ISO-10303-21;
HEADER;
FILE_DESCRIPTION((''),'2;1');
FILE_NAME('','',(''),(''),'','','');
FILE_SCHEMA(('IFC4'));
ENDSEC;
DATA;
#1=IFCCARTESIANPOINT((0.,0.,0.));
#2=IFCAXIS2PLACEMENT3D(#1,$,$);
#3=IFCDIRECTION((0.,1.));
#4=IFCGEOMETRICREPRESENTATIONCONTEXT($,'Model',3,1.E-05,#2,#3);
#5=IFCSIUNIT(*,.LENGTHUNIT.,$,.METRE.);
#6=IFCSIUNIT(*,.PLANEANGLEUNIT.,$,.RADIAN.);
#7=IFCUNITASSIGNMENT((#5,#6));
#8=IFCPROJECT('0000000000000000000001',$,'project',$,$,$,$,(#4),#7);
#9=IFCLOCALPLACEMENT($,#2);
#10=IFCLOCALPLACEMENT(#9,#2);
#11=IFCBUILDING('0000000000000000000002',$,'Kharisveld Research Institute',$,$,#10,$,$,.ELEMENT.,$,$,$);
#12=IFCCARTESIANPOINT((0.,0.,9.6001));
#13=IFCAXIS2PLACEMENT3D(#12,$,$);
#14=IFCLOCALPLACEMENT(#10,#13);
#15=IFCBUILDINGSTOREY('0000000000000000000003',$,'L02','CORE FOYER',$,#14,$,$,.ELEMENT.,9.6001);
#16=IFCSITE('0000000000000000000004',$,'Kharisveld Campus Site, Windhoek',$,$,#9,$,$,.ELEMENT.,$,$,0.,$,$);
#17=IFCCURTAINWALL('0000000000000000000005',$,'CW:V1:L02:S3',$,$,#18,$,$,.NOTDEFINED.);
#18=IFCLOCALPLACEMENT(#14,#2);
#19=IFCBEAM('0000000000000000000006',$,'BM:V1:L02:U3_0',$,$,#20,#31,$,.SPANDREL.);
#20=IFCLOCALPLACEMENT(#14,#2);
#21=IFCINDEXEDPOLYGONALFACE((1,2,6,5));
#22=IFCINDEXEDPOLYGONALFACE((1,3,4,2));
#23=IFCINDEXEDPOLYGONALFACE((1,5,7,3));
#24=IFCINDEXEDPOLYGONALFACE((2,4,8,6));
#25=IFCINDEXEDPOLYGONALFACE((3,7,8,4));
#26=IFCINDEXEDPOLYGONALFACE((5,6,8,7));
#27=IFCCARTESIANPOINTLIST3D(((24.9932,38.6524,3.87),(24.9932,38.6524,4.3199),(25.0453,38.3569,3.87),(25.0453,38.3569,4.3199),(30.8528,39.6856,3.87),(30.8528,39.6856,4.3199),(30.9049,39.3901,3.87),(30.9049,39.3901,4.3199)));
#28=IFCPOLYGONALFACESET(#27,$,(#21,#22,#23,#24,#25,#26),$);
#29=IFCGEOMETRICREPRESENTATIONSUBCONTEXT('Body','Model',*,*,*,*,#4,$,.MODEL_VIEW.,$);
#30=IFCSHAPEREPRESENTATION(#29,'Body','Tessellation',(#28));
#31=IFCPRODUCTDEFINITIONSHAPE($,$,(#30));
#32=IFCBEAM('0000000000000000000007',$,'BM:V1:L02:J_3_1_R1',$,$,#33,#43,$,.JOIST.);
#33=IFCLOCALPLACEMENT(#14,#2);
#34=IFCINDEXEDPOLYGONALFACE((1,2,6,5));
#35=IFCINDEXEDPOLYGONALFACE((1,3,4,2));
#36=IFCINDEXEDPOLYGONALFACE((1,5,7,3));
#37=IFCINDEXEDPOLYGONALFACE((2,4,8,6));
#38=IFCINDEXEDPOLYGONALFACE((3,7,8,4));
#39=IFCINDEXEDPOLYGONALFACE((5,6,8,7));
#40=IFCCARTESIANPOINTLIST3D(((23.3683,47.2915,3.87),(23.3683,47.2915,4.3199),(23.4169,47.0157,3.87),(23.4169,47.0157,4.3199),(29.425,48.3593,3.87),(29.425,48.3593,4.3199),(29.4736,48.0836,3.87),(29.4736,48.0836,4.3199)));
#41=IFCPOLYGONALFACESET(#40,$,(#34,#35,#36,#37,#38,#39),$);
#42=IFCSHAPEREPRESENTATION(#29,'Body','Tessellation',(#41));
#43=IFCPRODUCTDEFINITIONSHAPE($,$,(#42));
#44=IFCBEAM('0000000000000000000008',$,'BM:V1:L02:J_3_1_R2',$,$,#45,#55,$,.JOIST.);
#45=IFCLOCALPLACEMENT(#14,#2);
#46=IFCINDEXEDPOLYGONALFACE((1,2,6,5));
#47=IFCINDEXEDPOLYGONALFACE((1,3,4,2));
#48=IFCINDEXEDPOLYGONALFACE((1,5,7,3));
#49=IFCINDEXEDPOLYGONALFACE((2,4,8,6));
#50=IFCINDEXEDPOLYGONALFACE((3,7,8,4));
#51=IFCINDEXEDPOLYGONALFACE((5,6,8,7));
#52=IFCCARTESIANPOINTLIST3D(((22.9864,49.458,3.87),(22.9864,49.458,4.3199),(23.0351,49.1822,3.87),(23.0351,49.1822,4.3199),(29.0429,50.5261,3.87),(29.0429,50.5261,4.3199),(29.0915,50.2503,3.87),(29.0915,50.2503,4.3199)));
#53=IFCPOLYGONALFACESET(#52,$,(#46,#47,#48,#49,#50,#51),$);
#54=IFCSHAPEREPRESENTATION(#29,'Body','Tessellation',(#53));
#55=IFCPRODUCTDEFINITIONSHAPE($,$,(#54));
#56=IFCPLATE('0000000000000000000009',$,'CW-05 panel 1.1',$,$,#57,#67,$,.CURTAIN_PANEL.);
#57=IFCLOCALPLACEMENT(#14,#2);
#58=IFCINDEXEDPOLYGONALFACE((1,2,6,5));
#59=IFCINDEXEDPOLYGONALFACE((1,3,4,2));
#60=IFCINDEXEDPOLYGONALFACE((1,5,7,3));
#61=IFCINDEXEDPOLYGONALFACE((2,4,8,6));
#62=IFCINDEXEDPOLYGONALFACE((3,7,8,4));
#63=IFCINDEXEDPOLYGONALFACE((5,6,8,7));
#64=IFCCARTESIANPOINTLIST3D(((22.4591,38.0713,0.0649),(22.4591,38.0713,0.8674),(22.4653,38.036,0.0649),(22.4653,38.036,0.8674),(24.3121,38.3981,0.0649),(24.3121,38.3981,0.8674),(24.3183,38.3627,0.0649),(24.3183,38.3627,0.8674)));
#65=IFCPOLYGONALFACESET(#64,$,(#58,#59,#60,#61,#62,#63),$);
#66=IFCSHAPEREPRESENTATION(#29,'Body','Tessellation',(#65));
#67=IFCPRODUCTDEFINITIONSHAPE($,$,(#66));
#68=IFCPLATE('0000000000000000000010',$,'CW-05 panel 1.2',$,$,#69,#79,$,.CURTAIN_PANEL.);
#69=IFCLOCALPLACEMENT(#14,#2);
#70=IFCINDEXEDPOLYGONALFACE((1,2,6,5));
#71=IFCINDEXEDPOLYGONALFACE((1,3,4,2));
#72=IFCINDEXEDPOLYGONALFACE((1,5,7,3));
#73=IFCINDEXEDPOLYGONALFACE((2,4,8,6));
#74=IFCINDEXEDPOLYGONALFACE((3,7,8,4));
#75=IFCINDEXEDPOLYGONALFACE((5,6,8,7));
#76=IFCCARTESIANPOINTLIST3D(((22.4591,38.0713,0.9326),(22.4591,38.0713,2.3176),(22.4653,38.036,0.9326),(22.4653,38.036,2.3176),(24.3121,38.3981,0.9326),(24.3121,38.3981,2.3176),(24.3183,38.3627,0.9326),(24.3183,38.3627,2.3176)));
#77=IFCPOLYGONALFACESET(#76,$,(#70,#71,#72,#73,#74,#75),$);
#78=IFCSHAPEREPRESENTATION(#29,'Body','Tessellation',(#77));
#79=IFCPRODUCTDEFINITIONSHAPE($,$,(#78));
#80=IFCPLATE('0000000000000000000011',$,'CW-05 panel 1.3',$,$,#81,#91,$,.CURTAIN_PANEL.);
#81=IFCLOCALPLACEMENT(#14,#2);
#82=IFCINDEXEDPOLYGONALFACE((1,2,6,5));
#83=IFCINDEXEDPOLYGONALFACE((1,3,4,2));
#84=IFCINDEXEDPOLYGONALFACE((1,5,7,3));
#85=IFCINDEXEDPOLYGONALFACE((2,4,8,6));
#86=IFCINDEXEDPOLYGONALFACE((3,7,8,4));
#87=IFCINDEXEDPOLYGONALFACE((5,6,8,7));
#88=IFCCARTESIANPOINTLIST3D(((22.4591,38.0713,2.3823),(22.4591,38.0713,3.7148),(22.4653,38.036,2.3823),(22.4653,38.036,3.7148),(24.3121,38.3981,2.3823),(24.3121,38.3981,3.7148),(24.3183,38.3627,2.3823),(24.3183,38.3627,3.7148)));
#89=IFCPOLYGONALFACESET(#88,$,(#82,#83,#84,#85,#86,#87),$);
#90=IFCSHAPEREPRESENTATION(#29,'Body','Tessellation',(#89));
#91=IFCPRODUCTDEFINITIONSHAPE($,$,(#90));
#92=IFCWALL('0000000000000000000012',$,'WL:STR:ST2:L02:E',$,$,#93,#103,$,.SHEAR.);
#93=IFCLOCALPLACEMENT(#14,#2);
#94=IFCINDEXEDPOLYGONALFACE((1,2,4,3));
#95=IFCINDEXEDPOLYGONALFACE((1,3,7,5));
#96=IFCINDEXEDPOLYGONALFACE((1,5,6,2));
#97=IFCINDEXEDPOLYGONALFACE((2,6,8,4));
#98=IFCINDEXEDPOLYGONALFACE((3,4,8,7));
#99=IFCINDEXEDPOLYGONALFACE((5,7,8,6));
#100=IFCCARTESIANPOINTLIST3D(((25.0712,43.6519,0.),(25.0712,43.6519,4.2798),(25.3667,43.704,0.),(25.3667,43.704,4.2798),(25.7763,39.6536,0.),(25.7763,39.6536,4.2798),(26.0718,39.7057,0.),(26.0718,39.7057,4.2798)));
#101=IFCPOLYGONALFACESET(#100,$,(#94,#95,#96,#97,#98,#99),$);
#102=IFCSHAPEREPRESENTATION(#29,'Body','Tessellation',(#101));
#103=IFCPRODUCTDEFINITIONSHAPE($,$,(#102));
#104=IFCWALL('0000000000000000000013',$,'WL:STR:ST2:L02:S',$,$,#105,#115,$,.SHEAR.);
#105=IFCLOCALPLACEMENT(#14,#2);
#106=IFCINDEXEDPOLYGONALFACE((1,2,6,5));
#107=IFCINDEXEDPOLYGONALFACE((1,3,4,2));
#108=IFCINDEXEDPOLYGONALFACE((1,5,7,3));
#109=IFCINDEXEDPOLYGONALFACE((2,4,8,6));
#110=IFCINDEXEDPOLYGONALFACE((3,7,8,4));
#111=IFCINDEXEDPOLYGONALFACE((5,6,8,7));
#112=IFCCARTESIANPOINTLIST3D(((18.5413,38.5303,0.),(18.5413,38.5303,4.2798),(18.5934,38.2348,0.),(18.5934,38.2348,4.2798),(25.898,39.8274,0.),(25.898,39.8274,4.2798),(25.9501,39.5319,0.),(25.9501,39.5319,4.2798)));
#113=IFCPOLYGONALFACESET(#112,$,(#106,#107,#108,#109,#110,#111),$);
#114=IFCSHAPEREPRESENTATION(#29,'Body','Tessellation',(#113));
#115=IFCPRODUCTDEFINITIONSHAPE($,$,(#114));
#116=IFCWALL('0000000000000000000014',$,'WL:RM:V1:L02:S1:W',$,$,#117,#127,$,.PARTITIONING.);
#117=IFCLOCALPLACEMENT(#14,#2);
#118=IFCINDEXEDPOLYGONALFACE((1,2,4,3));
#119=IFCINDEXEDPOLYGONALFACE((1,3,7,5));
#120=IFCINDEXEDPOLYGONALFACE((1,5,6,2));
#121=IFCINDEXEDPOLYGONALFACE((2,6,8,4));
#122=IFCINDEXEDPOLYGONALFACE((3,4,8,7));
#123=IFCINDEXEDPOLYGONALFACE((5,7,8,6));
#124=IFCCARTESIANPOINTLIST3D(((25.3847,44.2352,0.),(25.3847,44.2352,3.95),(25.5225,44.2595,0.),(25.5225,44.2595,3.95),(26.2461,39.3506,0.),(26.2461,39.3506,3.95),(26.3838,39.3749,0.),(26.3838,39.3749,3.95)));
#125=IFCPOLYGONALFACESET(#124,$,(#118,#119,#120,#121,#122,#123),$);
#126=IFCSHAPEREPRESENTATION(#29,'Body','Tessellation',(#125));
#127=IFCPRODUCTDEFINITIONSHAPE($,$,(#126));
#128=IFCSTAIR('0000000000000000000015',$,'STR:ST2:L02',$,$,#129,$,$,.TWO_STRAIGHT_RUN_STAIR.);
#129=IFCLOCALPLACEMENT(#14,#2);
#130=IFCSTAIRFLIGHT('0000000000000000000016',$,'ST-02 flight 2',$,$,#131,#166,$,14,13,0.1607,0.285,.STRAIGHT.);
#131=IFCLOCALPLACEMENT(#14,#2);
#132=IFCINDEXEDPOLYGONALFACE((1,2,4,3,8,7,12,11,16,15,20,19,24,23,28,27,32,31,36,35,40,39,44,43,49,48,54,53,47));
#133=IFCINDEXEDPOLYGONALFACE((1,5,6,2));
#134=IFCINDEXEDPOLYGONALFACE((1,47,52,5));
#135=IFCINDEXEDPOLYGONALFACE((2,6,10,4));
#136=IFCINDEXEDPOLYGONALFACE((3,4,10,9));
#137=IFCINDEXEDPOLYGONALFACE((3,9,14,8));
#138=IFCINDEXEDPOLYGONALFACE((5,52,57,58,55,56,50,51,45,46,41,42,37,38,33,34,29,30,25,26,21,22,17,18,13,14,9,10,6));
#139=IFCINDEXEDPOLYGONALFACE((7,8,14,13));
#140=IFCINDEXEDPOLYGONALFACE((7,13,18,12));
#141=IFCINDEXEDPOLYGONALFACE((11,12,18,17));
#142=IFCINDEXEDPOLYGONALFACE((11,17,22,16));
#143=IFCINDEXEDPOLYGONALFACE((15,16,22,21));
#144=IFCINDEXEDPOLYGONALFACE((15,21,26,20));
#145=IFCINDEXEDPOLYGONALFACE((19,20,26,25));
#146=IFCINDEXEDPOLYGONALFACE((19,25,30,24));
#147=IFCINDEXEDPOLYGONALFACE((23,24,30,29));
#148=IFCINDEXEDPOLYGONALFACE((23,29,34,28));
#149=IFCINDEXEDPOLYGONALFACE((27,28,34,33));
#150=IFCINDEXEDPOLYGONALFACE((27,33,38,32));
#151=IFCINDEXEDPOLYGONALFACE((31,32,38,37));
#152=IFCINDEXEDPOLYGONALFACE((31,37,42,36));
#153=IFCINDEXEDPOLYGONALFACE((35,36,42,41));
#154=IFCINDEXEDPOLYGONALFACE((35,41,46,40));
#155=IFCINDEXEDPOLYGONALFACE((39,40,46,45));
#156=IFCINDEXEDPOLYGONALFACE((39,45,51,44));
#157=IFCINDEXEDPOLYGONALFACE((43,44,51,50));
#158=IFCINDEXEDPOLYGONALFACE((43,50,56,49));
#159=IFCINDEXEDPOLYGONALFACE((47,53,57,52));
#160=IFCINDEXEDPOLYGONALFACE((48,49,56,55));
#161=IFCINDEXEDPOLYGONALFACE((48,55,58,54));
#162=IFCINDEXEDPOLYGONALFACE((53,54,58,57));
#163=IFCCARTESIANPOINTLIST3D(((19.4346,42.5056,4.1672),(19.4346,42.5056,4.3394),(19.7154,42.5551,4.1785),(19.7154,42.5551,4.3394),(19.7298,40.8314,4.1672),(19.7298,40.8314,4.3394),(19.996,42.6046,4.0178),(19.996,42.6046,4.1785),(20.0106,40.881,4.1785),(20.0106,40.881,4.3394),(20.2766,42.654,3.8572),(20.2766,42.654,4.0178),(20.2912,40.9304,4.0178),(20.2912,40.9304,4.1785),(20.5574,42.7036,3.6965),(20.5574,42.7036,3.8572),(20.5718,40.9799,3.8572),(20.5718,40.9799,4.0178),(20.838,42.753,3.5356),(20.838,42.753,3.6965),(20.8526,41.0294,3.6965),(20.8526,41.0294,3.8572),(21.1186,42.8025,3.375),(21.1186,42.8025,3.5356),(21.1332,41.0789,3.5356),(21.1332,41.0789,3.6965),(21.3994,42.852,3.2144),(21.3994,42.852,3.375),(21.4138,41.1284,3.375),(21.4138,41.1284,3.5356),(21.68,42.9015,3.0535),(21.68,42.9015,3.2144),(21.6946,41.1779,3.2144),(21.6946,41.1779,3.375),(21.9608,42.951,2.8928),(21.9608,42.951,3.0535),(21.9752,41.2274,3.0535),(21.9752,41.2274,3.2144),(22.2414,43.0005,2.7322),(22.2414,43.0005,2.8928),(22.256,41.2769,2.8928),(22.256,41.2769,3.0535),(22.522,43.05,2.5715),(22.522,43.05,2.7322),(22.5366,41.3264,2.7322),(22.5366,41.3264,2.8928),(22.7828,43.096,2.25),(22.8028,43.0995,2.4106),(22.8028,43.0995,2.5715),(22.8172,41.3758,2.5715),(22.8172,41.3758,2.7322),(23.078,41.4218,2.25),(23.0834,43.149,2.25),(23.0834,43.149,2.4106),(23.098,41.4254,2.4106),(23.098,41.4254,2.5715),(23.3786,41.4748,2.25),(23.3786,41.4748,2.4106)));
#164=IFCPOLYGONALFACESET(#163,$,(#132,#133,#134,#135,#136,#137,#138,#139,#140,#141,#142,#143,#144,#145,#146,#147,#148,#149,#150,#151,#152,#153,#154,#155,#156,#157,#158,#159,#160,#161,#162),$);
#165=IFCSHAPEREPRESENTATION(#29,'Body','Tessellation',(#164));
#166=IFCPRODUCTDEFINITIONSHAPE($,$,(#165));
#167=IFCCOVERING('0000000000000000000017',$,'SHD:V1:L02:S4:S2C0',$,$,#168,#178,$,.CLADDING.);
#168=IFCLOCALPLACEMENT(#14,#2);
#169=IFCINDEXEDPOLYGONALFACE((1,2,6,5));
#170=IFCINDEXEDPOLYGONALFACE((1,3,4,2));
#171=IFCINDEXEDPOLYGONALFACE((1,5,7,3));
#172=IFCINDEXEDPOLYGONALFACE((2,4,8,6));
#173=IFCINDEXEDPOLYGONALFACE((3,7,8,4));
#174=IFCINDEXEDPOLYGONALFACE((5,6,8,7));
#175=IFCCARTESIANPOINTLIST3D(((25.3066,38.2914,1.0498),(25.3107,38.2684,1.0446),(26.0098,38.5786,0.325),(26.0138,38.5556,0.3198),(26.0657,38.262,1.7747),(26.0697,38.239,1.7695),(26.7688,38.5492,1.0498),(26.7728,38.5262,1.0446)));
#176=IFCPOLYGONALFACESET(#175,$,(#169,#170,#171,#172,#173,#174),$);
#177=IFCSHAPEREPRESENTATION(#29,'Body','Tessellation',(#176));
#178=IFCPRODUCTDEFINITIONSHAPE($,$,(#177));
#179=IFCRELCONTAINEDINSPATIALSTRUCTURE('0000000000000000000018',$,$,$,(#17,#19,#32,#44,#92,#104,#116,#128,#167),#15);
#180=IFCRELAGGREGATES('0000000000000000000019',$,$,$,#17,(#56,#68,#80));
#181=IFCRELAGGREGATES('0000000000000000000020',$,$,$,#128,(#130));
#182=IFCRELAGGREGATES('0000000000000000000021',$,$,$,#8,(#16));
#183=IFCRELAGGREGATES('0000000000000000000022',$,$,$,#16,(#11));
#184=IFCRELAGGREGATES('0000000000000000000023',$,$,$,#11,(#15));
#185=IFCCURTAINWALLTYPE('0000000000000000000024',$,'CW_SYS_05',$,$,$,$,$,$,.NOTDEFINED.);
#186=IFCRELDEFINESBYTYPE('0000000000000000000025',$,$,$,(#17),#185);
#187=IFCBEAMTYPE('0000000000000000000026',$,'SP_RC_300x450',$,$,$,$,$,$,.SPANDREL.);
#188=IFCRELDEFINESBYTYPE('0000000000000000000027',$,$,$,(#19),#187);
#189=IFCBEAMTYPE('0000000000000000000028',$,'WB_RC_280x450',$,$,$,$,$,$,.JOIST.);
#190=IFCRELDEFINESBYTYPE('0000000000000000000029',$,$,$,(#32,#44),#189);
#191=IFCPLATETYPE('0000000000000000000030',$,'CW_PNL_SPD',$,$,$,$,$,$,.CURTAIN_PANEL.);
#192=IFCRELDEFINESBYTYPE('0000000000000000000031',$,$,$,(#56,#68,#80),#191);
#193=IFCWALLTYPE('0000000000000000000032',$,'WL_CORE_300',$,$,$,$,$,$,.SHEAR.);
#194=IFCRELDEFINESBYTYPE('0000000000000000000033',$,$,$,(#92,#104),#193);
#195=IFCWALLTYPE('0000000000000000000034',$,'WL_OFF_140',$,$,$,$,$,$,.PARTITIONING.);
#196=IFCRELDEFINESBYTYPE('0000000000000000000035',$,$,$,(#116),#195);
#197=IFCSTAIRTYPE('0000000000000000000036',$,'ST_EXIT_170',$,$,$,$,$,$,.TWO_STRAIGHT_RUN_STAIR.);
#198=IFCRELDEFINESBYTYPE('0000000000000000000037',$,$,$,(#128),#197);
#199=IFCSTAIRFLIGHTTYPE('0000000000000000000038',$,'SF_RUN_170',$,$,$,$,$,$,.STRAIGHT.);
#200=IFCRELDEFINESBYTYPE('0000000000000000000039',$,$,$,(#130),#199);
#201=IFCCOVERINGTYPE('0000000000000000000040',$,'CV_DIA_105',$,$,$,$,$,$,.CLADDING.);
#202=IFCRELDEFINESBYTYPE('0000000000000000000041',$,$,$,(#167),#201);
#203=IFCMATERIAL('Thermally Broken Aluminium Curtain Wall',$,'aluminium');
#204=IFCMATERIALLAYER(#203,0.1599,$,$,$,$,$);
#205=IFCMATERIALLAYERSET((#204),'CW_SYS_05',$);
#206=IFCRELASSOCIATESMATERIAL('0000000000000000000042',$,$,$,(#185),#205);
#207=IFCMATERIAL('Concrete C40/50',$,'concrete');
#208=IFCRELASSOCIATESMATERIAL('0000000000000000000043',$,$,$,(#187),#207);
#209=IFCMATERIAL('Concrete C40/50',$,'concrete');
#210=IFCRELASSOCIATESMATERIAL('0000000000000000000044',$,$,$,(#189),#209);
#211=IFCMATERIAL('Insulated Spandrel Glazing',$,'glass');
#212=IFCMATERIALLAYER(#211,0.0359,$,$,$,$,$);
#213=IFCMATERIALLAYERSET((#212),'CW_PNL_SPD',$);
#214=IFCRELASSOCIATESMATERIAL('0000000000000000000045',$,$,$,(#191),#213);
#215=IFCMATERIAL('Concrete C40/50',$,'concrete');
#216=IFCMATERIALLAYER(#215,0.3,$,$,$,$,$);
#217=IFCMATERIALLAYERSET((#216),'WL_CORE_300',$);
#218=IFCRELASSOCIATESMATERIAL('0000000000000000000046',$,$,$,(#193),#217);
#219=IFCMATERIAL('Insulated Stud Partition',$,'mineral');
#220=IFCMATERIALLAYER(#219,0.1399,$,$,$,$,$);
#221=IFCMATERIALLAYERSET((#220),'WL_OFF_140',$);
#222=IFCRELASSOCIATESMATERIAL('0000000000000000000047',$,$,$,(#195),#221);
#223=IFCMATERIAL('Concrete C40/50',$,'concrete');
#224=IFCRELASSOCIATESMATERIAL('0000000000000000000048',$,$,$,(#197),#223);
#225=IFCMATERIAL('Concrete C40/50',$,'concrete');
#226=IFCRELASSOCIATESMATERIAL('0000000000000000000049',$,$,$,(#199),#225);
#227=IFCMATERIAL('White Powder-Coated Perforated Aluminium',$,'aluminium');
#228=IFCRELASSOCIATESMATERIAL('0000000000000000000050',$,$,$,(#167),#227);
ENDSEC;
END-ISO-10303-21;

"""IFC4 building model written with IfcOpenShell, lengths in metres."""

from ifc_helpers import new_model, si_unit, direction, frame, frame_2d, origin, origin_2d, place, context, subcontext, project, spatial, polyline, rectangle, outline, extrude, material, layer, layer_set, material_profile, profile_set, type_object, element, aggregate, save


model = new_model("IFC4")

# Units and contexts
model_context = context("Model", 3, precision=1e-05, world=origin(), true_north=direction((0.0, 1.0)))
body_context = subcontext(model_context, "Body", "Model", "MODEL_VIEW")
ifc_project = project(units=[si_unit("LENGTHUNIT", "METRE"), si_unit("PLANEANGLEUNIT", "RADIAN")], contexts=[model_context])

# Site, building, storey
site_placement = place(None, origin())
site = spatial("IfcSite", under=ifc_project, at=site_placement, Name="Kharisveld Campus Site, Windhoek", CompositionType="ELEMENT", RefElevation=0.0)
building_placement = place(site_placement, origin())
building = spatial("IfcBuilding", under=site, at=building_placement, Name="Kharisveld Research Institute", CompositionType="ELEMENT")
storey_placement = place(building_placement, frame((0.0, 0.0, 9.6001)))
storey = spatial("IfcBuildingStorey", under=building, at=storey_placement, Name="L02", Description="CORE FOYER", CompositionType="ELEMENT", Elevation=9.6001)

# Curtain wall
ifc_material_1 = material(Name="Thermally Broken Aluminium Curtain Wall", Category="aluminium")
ifc_layer_1 = layer(ifc_material_1, 0.1599)
ifc_layer_set_1 = layer_set([ifc_layer_1], Name="CW_SYS_05")
curtain_wall_type = type_object("IfcCurtainWallType", Name="CW_SYS_05", PredefinedType="NOTDEFINED", material=ifc_layer_set_1)
curtain_wall_placement = place(storey_placement, origin())
curtain_wall = element("IfcCurtainWall", 1, at=curtain_wall_placement, inside=storey, type_object=curtain_wall_type, Name="CW:V1:L02:S3", PredefinedType="NOTDEFINED")

# Beams
ifc_material_2 = material(Name="Concrete C40/50", Category="concrete")
ifc_material_profile_1 = material_profile(ifc_material_2, rectangle(XDim=0.3, YDim=0.45, at=origin_2d()))
ifc_profile_set_1 = profile_set([ifc_material_profile_1], Name="Concrete C40/50")
beam_type_1 = type_object("IfcBeamType", Name="SP_RC_300x450", PredefinedType="SPANDREL", material=ifc_profile_set_1)
beam_1_placement = place(storey_placement, frame((25.0193, 38.5046, 4.095), z_axis=(0.984808, 0.173647, 0.0), x_axis=(-0.173647, 0.984808, 0.0)))
element("IfcBeam", 2, at=beam_1_placement, inside=storey, type_object=beam_type_1, Name="BM:V1:L02:U3_0", PredefinedType="SPANDREL", context=body_context, shape_type="SweptSolid", body=[
    extrude(rectangle(XDim=0.3, YDim=0.45, at=origin_2d()), origin(), (0.0, 0.0, 1.0), 5.95),
])
ifc_material_3 = material(Name="Concrete C40/50", Category="concrete")
ifc_material_profile_2 = material_profile(ifc_material_3, rectangle(XDim=0.28, YDim=0.45, at=origin_2d()))
ifc_profile_set_2 = profile_set([ifc_material_profile_2], Name="Concrete C40/50")
beam_type_2 = type_object("IfcBeamType", Name="WB_RC_280x450", PredefinedType="JOIST", material=ifc_profile_set_2)
beam_2_placement = place(storey_placement, frame((23.3926, 47.1536, 4.095), z_axis=(0.98481, 0.173636, 0.0), x_axis=(-0.173636, 0.98481, 0.0)))
element("IfcBeam", 3, at=beam_2_placement, inside=storey, type_object=beam_type_2, Name="BM:V1:L02:J_3_1_R1", PredefinedType="JOIST", context=body_context, shape_type="SweptSolid", body=[
    extrude(rectangle(XDim=0.28, YDim=0.45, at=origin_2d()), origin(), (0.0, 0.0, 1.0), 6.1501),
])
beam_3_placement = place(storey_placement, frame((23.0107, 49.3201, 4.095), z_axis=(0.984802, 0.173681, 0.0), x_axis=(-0.173681, 0.984802, 0.0)))
element("IfcBeam", 4, at=beam_3_placement, inside=storey, type_object=beam_type_2, Name="BM:V1:L02:J_3_1_R2", PredefinedType="JOIST", context=body_context, shape_type="SweptSolid", body=[
    extrude(rectangle(XDim=0.28, YDim=0.45, at=origin_2d()), origin(), (0.0, 0.0, 1.0), 6.1499),
])

# Plates
ifc_material_4 = material(Name="Insulated Spandrel Glazing", Category="glass")
ifc_layer_2 = layer(ifc_material_4, 0.0359)
ifc_layer_set_2 = layer_set([ifc_layer_2], Name="CW_PNL_SPD")
plate_type = type_object("IfcPlateType", Name="CW_PNL_SPD", PredefinedType="CURTAIN_PANEL", material=ifc_layer_set_2)
plate_1_placement = place(storey_placement, frame((23.3887, 38.217, 0.0649), z_axis=(0.0, 0.0, 1.0), x_axis=(-0.984808, -0.173648, 0.0)))
plate_1 = element("IfcPlate", 5, at=plate_1_placement, type_object=plate_type, Name="CW-05 panel 1.1", PredefinedType="CURTAIN_PANEL", context=body_context, shape_type="SweptSolid", body=[
    extrude(rectangle(XDim=1.8816, YDim=0.0359, at=origin_2d()), origin(), (0.0, 0.0, 1.0), 0.8025),
])
plate_2_placement = place(storey_placement, frame((23.3887, 38.217, 0.9326), z_axis=(0.0, 0.0, 1.0), x_axis=(-0.984808, -0.173648, 0.0)))
plate_2 = element("IfcPlate", 6, at=plate_2_placement, type_object=plate_type, Name="CW-05 panel 1.2", PredefinedType="CURTAIN_PANEL", context=body_context, shape_type="SweptSolid", body=[
    extrude(rectangle(XDim=1.8816, YDim=0.0359, at=origin_2d()), origin(), (0.0, 0.0, 1.0), 1.385),
])
plate_3_placement = place(storey_placement, frame((23.3887, 38.217, 2.3823), z_axis=(0.0, 0.0, 1.0), x_axis=(-0.984808, -0.173648, 0.0)))
plate_3 = element("IfcPlate", 7, at=plate_3_placement, type_object=plate_type, Name="CW-05 panel 1.3", PredefinedType="CURTAIN_PANEL", context=body_context, shape_type="SweptSolid", body=[
    extrude(rectangle(XDim=1.8816, YDim=0.0359, at=origin_2d()), origin(), (0.0, 0.0, 1.0), 1.3325),
])
aggregate(curtain_wall, [plate_1, plate_2, plate_3])

# Walls
ifc_material_5 = material(Name="Concrete C40/50", Category="concrete")
ifc_layer_3 = layer(ifc_material_5, 0.3)
ifc_layer_set_3 = layer_set([ifc_layer_3], Name="WL_CORE_300")
wall_type_1 = type_object("IfcWallType", Name="WL_CORE_300", PredefinedType="SHEAR", material=ifc_layer_set_3)
wall_1_placement = place(storey_placement, frame((25.219, 43.678, 0.0), z_axis=(0.0, 0.0, 1.0), x_axis=(0.173665, -0.984805, 0.0)))
element("IfcWall", 8, at=wall_1_placement, inside=storey, type_object=wall_type_1, Name="WL:STR:ST2:L02:E", PredefinedType="SHEAR", context=body_context, shape_type="SweptSolid", body=[
    extrude(rectangle(XDim=4.0601, YDim=0.3, at=frame_2d((2.03, 0.0))), origin(), (0.0, 0.0, 1.0), 4.2798),
])
wall_2_placement = place(storey_placement, frame((25.9241, 39.6797, 0.0), z_axis=(0.0, 0.0, 1.0), x_axis=(-0.984809, -0.17364, 0.0)))
element("IfcWall", 9, at=wall_2_placement, inside=storey, type_object=wall_type_1, Name="WL:STR:ST2:L02:S", PredefinedType="SHEAR", context=body_context, shape_type="SweptSolid", body=[
    extrude(rectangle(XDim=7.4702, YDim=0.3, at=frame_2d((3.7351, 0.0))), origin(), (0.0, 0.0, 1.0), 4.2798),
])
ifc_material_6 = material(Name="Insulated Stud Partition", Category="mineral")
ifc_layer_4 = layer(ifc_material_6, 0.1399)
ifc_layer_set_4 = layer_set([ifc_layer_4], Name="WL_OFF_140")
wall_type_2 = type_object("IfcWallType", Name="WL_OFF_140", PredefinedType="PARTITIONING", material=ifc_layer_set_4)
wall_3_placement = place(storey_placement, frame((25.4536, 44.2473, 0.0), z_axis=(0.0, 0.0, 1.0), x_axis=(0.173659, -0.984806, 0.0)))
element("IfcWall", 10, at=wall_3_placement, inside=storey, type_object=wall_type_2, Name="WL:RM:V1:L02:S1:W", PredefinedType="PARTITIONING", context=body_context, shape_type="SweptSolid", body=[
    extrude(rectangle(XDim=4.96, YDim=0.1399, at=frame_2d((2.48, 0.0))), origin(), (0.0, 0.0, 1.0), 3.95),
])

# Stair, stair flight
ifc_material_7 = material(Name="Concrete C40/50", Category="concrete")
stair_type = type_object("IfcStairType", Name="ST_EXIT_170", PredefinedType="TWO_STRAIGHT_RUN_STAIR", material=ifc_material_7)
stair_placement = place(storey_placement, origin())
stair = element("IfcStair", 11, at=stair_placement, inside=storey, type_object=stair_type, Name="STR:ST2:L02", PredefinedType="TWO_STRAIGHT_RUN_STAIR")
ifc_material_8 = material(Name="Concrete C40/50", Category="concrete")
stair_flight_type = type_object("IfcStairFlightType", Name="SF_RUN_170", PredefinedType="STRAIGHT", material=ifc_material_8)
stair_flight_placement = place(storey_placement, frame((23.231, 42.312, 2.25), z_axis=(0.0, 0.0, 1.0), x_axis=(-0.984808, -0.173648, 0.0)))
stair_flight = element("IfcStairFlight", 12, at=stair_flight_placement, type_object=stair_flight_type, Name="ST-02 flight 2", NumberOfRisers=14, NumberOfTreads=13, PredefinedType="STRAIGHT", RiserHeight=0.1607, TreadLength=0.285, context=body_context, shape_type="SweptSolid", body=[
    extrude(outline(polyline([(0.0, 0.0), (0.0, 0.1606), (0.2849, 0.1606), (0.2849, 0.3215), (0.5701, 0.3215), (0.5701, 0.4822), (0.855, 0.4822), (0.855, 0.6428), (1.1399, 0.6428), (1.1399, 0.8035), (1.425, 0.8035), (1.425, 0.9644), (1.71, 0.9644), (1.71, 1.125), (1.9951, 1.125), (1.9951, 1.2856), (2.28, 1.2856), (2.28, 1.4465), (2.5649, 1.4465), (2.5649, 1.6072), (2.8501, 1.6072), (2.8501, 1.7678), (3.135, 1.7678), (3.135, 1.9285), (3.4199, 1.9285), (3.4199, 2.0894), (3.7051, 2.0894), (3.7051, 2.25), (3.7051, 1.9172), (0.3052, 0.0), (0.0, 0.0)])), frame((0.0, 0.8501, 0.0), z_axis=(0.0, -1.0, 0.0), x_axis=(1.0, 0.0, 0.0)), (0.0, 0.0, 1.0), 1.7),
])
aggregate(stair, [stair_flight])

# Covering
ifc_material_9 = material(Name="White Powder-Coated Perforated Aluminium", Category="aluminium")
covering_type = type_object("IfcCoveringType", Name="CV_DIA_105", PredefinedType="CLADDING")
for number, where, z_axis, x_axis, name in (
    (13, (26.0098, 38.5786, 0.325), (-0.169525, 0.961443, 0.21654), (-0.669701, -0.273579, 0.690402), "SHD:V1:L02:S4:S2C0"),
):
    element("IfcCovering", number, at=place(storey_placement, frame(where, z_axis=z_axis, x_axis=x_axis)), inside=storey, type_object=covering_type, material=ifc_material_9, Name=name, PredefinedType="CLADDING", context=body_context, shape_type="SweptSolid", body=[
        extrude(outline(polyline([(0.0, 0.0), (1.0499, 0.0), (1.0501, 1.05), (0.0002, 1.05), (0.0, 0.0)])), origin(), (0.0, 0.0, -1.0), 0.0239),
    ])

save(model, "model.ifc")
